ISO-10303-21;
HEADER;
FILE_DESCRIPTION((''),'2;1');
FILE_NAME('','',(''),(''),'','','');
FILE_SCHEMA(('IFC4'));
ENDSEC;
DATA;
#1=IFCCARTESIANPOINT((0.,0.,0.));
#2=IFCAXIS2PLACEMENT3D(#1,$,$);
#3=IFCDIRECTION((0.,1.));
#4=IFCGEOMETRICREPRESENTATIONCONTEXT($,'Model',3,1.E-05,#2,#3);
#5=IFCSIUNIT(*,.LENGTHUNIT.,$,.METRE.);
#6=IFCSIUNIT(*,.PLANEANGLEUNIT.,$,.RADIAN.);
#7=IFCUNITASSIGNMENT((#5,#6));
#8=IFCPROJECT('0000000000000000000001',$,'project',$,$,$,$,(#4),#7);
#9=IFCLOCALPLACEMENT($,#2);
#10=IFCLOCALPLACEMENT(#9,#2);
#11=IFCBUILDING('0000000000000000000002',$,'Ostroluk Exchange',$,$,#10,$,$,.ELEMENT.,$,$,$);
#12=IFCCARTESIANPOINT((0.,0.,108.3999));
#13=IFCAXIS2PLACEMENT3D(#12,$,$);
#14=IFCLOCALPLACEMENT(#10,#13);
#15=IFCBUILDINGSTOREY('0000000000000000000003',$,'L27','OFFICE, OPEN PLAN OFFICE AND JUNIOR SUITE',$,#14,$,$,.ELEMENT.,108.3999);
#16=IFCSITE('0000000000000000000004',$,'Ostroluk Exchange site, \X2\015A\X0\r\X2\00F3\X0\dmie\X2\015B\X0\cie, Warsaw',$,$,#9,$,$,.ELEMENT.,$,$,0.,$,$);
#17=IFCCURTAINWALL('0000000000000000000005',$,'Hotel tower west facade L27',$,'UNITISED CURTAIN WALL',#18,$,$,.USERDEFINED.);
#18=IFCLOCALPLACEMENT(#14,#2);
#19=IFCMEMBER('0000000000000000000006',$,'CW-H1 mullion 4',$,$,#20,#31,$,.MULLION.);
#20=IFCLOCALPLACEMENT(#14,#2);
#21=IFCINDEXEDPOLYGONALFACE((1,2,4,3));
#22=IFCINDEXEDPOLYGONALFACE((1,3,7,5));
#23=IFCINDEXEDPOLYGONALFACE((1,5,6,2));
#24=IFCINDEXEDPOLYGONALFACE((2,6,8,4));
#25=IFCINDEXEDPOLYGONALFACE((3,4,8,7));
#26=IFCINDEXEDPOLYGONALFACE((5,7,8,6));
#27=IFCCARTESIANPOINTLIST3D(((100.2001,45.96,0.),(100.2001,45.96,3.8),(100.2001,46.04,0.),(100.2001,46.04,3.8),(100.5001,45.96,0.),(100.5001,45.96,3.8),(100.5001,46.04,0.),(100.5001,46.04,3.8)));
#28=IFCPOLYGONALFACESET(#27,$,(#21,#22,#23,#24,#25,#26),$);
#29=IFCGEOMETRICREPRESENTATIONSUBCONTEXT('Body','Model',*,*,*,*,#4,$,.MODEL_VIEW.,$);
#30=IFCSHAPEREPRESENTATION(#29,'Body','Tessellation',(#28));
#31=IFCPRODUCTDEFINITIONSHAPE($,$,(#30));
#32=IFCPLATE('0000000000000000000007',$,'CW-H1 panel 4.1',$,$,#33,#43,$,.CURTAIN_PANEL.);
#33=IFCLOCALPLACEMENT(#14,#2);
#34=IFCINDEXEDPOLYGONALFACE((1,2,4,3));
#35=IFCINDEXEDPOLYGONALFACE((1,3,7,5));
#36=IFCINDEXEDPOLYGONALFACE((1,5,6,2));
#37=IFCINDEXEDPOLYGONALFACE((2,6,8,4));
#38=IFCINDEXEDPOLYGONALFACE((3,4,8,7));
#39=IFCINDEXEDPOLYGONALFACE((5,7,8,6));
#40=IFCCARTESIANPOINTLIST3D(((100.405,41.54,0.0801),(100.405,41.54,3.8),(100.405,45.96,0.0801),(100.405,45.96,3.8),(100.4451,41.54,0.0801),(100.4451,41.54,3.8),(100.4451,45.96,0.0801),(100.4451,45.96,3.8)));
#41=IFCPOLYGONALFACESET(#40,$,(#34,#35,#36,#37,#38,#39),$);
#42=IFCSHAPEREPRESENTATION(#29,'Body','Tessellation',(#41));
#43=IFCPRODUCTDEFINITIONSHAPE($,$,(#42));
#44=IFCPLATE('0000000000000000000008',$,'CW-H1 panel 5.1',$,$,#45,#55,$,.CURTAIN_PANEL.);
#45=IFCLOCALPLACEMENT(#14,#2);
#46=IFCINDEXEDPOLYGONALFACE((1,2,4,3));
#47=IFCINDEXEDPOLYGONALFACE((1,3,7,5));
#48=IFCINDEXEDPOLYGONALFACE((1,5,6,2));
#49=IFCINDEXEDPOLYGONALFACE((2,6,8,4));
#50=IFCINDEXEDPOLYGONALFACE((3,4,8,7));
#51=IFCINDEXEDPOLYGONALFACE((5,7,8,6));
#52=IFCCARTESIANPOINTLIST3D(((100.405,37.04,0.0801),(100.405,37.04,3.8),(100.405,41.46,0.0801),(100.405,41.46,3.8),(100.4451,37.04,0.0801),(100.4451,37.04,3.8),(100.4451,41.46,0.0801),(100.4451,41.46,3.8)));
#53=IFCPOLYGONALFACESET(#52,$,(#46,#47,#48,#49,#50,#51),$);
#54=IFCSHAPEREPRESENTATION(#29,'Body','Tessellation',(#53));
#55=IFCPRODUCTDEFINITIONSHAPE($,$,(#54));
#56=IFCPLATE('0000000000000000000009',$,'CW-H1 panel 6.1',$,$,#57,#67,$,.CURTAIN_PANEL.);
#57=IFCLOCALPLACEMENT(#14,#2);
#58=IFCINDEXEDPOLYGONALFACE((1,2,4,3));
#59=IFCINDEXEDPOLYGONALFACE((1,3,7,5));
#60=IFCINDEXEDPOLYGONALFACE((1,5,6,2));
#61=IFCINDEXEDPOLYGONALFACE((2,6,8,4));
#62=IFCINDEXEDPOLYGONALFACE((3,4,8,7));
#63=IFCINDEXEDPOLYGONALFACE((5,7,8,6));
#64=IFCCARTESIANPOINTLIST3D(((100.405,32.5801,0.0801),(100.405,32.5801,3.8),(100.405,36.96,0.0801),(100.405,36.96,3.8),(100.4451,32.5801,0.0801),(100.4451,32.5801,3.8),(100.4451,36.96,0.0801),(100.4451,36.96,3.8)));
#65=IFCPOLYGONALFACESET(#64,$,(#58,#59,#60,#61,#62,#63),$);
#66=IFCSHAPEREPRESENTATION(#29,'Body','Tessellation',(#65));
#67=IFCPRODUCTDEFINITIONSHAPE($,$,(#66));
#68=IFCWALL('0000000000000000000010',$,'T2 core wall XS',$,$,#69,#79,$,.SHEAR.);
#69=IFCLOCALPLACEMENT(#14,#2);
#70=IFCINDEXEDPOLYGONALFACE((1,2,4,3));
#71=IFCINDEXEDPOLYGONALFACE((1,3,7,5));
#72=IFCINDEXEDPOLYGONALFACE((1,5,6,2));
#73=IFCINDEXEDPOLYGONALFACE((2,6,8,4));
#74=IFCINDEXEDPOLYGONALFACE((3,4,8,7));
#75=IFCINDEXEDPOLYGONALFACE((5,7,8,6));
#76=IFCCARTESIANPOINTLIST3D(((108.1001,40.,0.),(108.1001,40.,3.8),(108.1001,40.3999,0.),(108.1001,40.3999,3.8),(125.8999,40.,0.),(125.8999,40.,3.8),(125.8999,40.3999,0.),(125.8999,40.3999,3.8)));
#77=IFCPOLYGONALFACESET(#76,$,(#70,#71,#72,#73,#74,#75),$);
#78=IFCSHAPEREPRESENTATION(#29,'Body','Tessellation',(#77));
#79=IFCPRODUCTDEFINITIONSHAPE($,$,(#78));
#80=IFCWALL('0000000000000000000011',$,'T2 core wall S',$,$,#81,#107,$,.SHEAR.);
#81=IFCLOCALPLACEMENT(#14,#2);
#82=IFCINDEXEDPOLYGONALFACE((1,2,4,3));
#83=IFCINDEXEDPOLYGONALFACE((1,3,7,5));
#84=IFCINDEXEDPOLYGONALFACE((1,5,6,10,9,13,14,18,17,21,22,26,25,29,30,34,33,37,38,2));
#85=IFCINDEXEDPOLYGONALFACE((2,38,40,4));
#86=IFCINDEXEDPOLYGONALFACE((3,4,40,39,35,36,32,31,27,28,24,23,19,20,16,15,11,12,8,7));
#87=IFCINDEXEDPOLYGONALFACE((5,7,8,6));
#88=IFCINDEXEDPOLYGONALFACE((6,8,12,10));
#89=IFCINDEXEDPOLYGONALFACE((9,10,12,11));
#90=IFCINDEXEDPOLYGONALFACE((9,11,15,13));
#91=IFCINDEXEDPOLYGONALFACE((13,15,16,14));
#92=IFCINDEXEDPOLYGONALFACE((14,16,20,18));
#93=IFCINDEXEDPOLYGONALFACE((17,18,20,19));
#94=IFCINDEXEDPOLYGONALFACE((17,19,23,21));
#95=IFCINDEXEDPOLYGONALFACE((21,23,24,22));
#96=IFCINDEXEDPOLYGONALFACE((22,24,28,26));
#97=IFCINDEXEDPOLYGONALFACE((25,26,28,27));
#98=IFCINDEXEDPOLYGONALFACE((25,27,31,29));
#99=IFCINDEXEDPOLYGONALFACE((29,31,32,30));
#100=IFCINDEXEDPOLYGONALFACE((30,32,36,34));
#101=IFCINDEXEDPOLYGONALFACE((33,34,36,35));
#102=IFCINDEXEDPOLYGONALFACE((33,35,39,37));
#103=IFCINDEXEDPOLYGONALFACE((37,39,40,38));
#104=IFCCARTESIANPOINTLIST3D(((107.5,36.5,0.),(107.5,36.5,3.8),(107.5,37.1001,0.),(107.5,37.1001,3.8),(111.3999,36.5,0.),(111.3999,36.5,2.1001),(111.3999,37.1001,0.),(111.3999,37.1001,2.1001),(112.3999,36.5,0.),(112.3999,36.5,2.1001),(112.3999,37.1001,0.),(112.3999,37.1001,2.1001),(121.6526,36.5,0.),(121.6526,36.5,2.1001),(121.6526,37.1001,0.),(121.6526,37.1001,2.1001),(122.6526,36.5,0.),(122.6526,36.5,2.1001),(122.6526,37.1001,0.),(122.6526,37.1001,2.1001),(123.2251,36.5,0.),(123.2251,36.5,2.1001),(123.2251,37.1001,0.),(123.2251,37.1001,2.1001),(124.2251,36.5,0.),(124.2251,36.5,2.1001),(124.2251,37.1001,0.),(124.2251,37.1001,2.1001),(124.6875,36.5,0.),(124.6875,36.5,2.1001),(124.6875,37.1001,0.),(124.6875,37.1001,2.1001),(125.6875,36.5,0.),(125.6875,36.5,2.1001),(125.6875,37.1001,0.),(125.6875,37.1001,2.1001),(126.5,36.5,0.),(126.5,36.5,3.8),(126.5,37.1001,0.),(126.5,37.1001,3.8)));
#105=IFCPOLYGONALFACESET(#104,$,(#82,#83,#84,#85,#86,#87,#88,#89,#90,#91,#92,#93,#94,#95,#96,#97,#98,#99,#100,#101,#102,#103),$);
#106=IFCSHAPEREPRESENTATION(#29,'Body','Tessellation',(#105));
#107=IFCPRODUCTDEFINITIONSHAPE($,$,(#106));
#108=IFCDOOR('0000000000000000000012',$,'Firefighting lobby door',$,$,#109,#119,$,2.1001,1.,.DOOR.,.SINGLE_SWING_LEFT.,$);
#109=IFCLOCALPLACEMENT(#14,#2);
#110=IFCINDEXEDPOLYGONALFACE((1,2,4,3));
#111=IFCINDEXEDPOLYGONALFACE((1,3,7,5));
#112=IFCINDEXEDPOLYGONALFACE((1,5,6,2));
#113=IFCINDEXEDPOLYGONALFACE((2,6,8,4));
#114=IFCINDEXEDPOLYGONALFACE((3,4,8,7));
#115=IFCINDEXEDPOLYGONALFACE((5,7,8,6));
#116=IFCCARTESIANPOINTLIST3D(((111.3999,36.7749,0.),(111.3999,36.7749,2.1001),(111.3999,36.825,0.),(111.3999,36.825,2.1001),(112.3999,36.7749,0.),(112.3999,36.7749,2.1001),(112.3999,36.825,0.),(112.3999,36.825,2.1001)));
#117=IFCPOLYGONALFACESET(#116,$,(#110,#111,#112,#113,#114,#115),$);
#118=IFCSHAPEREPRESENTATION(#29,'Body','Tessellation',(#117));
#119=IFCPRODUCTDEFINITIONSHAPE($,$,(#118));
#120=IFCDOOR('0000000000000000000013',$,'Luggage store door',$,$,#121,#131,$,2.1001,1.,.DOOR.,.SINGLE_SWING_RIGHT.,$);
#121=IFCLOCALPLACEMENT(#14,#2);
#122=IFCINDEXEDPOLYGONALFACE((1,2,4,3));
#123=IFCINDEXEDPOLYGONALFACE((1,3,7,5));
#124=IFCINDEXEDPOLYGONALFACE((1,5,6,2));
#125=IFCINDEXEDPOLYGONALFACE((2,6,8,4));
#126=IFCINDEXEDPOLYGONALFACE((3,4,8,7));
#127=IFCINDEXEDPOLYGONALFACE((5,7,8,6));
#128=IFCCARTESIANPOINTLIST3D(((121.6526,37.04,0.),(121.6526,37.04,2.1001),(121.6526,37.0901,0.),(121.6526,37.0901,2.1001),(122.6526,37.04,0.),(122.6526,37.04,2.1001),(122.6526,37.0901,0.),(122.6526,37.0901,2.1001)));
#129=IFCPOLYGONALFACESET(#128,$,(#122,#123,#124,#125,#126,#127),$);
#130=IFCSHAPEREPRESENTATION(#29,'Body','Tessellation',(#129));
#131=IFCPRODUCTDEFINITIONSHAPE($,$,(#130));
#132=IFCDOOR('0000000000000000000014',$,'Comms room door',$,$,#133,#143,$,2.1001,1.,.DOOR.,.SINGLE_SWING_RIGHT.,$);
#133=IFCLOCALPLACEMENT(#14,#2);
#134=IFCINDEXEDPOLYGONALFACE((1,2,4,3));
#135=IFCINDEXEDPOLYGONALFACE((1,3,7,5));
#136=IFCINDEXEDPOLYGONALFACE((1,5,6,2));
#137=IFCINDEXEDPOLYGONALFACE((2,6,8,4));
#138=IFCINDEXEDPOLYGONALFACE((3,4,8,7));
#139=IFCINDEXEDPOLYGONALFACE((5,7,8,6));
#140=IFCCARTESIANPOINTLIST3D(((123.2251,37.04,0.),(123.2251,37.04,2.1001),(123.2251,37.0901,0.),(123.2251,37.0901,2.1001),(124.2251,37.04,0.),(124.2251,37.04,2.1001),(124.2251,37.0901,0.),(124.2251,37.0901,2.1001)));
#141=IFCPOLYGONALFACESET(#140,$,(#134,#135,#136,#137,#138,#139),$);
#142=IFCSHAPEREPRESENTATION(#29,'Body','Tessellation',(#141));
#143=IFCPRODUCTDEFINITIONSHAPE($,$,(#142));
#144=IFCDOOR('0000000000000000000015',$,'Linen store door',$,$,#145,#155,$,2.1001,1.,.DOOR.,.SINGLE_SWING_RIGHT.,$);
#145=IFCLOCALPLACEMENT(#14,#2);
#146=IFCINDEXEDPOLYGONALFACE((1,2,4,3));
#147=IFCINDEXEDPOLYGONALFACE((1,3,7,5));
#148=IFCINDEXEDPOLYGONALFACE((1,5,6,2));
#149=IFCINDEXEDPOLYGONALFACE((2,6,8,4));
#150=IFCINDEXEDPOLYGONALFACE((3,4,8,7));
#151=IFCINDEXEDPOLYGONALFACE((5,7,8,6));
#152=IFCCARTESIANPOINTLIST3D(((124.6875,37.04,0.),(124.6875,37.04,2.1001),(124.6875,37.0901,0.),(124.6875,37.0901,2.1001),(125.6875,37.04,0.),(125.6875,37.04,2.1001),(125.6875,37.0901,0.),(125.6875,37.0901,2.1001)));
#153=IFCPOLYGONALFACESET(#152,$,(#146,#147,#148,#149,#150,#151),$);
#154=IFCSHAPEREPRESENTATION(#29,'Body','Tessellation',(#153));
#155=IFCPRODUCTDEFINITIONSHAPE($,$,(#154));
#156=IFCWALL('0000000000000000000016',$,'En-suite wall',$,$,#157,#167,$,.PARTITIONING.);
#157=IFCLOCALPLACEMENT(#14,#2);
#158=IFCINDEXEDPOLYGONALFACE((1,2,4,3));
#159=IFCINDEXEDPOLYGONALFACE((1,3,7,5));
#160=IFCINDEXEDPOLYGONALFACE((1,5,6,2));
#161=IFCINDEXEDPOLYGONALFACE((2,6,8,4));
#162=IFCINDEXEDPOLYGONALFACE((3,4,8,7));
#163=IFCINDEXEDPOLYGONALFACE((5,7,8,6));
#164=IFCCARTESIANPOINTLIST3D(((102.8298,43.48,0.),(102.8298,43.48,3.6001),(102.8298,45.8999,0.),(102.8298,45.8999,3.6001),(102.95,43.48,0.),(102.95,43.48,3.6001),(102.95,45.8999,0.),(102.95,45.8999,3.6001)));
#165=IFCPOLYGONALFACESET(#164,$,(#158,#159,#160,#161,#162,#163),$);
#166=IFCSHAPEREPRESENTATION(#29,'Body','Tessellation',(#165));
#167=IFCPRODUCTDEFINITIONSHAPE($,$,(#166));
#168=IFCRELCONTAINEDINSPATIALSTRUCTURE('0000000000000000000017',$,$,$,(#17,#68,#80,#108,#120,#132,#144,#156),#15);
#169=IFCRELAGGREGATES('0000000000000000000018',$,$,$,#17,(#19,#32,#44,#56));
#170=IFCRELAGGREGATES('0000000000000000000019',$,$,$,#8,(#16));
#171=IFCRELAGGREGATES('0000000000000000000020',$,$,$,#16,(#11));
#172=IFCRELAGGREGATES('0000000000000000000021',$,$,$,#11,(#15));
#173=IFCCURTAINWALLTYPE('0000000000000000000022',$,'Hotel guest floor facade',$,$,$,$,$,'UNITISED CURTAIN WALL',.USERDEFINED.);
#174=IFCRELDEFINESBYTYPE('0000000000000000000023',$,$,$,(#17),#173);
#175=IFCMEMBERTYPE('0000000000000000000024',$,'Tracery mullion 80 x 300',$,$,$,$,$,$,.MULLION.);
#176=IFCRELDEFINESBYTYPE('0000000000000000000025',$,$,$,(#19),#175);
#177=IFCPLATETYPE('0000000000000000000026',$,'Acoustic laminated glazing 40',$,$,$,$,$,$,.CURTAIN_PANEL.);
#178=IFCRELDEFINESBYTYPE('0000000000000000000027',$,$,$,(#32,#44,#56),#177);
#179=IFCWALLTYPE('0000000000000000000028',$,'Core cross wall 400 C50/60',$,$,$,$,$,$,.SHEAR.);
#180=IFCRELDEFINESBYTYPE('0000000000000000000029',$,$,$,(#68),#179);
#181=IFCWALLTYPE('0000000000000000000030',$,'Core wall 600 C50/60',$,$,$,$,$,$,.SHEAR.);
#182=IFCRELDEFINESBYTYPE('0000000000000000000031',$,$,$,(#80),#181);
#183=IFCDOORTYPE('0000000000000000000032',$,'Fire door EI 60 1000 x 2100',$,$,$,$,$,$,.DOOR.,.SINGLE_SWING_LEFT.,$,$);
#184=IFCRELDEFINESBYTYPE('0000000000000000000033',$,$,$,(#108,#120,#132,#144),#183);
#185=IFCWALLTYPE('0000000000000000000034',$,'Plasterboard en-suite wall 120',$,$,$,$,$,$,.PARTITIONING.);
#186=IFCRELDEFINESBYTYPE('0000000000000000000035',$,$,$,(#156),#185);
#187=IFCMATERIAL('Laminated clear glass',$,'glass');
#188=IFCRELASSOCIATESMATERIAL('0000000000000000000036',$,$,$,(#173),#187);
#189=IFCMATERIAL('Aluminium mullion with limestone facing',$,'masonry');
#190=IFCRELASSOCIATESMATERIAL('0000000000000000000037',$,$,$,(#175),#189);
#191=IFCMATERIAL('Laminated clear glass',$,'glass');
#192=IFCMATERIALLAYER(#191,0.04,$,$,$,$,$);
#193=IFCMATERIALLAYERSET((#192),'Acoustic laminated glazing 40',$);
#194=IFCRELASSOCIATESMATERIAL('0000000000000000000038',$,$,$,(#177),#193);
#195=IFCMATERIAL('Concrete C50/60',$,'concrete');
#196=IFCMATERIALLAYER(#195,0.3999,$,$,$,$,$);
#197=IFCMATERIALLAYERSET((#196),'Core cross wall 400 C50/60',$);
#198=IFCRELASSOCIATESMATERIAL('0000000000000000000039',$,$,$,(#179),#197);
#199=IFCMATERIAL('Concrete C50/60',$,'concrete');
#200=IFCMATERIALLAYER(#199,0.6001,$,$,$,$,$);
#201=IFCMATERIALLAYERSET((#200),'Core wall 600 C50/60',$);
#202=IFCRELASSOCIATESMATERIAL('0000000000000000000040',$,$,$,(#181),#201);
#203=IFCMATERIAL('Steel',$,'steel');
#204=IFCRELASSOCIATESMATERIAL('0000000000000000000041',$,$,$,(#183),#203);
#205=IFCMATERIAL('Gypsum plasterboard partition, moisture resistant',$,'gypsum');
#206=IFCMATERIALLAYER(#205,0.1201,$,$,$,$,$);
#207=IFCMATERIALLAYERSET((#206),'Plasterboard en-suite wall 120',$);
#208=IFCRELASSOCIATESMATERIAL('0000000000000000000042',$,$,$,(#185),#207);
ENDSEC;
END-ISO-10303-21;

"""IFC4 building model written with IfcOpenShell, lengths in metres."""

from ifc_helpers import new_model, si_unit, direction, frame, frame_2d, origin, origin_2d, place, context, subcontext, project, spatial, rectangle, extrude, material, layer, layer_set, material_profile, profile_set, type_object, element, fill, aggregate, save


model = new_model("IFC4")

# Units and contexts
model_context = context("Model", 3, precision=1e-05, world=origin(), true_north=direction((0.0, 1.0)))
body_context = subcontext(model_context, "Body", "Model", "MODEL_VIEW")
ifc_project = project(units=[si_unit("LENGTHUNIT", "METRE"), si_unit("PLANEANGLEUNIT", "RADIAN")], contexts=[model_context])

# Site, building, storey
site_placement = place(None, origin())
site = spatial("IfcSite", under=ifc_project, at=site_placement, Name="Ostroluk Exchange site, Śródmieście, Warsaw", CompositionType="ELEMENT", RefElevation=0.0)
building_placement = place(site_placement, origin())
building = spatial("IfcBuilding", under=site, at=building_placement, Name="Ostroluk Exchange", CompositionType="ELEMENT")
storey_placement = place(building_placement, frame((0.0, 0.0, 108.3999)))
storey = spatial("IfcBuildingStorey", under=building, at=storey_placement, Name="L27", Description="OFFICE, OPEN PLAN OFFICE AND JUNIOR SUITE", CompositionType="ELEMENT", Elevation=108.3999)

# Curtain wall, member, plates
ifc_material_1 = material(Name="Laminated clear glass", Category="glass")
curtain_wall_type = type_object("IfcCurtainWallType", Name="Hotel guest floor facade", ElementType="UNITISED CURTAIN WALL", PredefinedType="USERDEFINED", material=ifc_material_1)
curtain_wall_placement = place(storey_placement, origin())
curtain_wall = element("IfcCurtainWall", 1, at=curtain_wall_placement, inside=storey, type_object=curtain_wall_type, Name="Hotel tower west facade L27", ObjectType="UNITISED CURTAIN WALL", PredefinedType="USERDEFINED")
ifc_material_2 = material(Name="Aluminium mullion with limestone facing", Category="masonry")
ifc_material_profile_1 = material_profile(ifc_material_2, rectangle(XDim=0.3, YDim=0.0801, at=origin_2d()), Name="Tracery mullion 80 x 300")
ifc_profile_set_1 = profile_set([ifc_material_profile_1], Name="Aluminium mullion with limestone facing")
member_type_1 = type_object("IfcMemberType", Name="Tracery mullion 80 x 300", PredefinedType="MULLION", material=ifc_profile_set_1)
member_1_placement = place(storey_placement, frame((100.3501, 46.0, 0.0), z_axis=(0.0, 0.0, 1.0), x_axis=(1.0, 0.0, 0.0)))
member_1 = element("IfcMember", 2, at=member_1_placement, type_object=member_type_1, Name="CW-H1 mullion 4", PredefinedType="MULLION", context=body_context, shape_type="SweptSolid", body=[
    extrude(rectangle(XDim=0.3, YDim=0.0801, at=origin_2d()), origin(), (0.0, 0.0, 1.0), 3.8),
])
ifc_material_3 = material(Name="Laminated clear glass", Category="glass")
ifc_layer_1 = layer(ifc_material_3, 0.04)
ifc_layer_set_1 = layer_set([ifc_layer_1], Name="Acoustic laminated glazing 40")
plate_type = type_object("IfcPlateType", Name="Acoustic laminated glazing 40", PredefinedType="CURTAIN_PANEL", material=ifc_layer_set_1)
plate_1_placement = place(storey_placement, frame((100.425, 43.75, 0.0801), z_axis=(0.0, 0.0, 1.0), x_axis=(0.0, -1.0, 0.0)))
plate_1 = element("IfcPlate", 3, at=plate_1_placement, type_object=plate_type, Name="CW-H1 panel 4.1", PredefinedType="CURTAIN_PANEL", context=body_context, shape_type="SweptSolid", body=[
    extrude(rectangle(XDim=4.4199, YDim=0.04, at=origin_2d()), origin(), (0.0, 0.0, 1.0), 3.72),
])
plate_2_placement = place(storey_placement, frame((100.425, 39.25, 0.0801), z_axis=(0.0, 0.0, 1.0), x_axis=(0.0, -1.0, 0.0)))
plate_2 = element("IfcPlate", 4, at=plate_2_placement, type_object=plate_type, Name="CW-H1 panel 5.1", PredefinedType="CURTAIN_PANEL", context=body_context, shape_type="SweptSolid", body=[
    extrude(rectangle(XDim=4.4199, YDim=0.04, at=origin_2d()), origin(), (0.0, 0.0, 1.0), 3.72),
])
plate_3_placement = place(storey_placement, frame((100.425, 34.77, 0.0801), z_axis=(0.0, 0.0, 1.0), x_axis=(0.0, -1.0, 0.0)))
plate_3 = element("IfcPlate", 5, at=plate_3_placement, type_object=plate_type, Name="CW-H1 panel 6.1", PredefinedType="CURTAIN_PANEL", context=body_context, shape_type="SweptSolid", body=[
    extrude(rectangle(XDim=4.3799, YDim=0.04, at=origin_2d()), origin(), (0.0, 0.0, 1.0), 3.72),
])
aggregate(curtain_wall, [member_1, plate_1, plate_2, plate_3])

# Wall
ifc_material_4 = material(Name="Concrete C50/60", Category="concrete")
ifc_layer_2 = layer(ifc_material_4, 0.3999)
ifc_layer_set_2 = layer_set([ifc_layer_2], Name="Core cross wall 400 C50/60")
wall_type_1 = type_object("IfcWallType", Name="Core cross wall 400 C50/60", PredefinedType="SHEAR", material=ifc_layer_set_2)
wall_1_placement = place(storey_placement, frame((108.1001, 40.2, 0.0), z_axis=(0.0, 0.0, 1.0), x_axis=(1.0, 0.0, 0.0)))
element("IfcWall", 6, at=wall_1_placement, inside=storey, type_object=wall_type_1, Name="T2 core wall XS", PredefinedType="SHEAR", context=body_context, shape_type="SweptSolid", body=[
    extrude(rectangle(XDim=17.7998, YDim=0.3999, at=frame_2d((8.8999, 0.0))), origin(), (0.0, 0.0, 1.0), 3.8),
])

# Wall, openings, doors
ifc_material_5 = material(Name="Concrete C50/60", Category="concrete")
ifc_layer_3 = layer(ifc_material_5, 0.6001)
ifc_layer_set_3 = layer_set([ifc_layer_3], Name="Core wall 600 C50/60")
wall_type_2 = type_object("IfcWallType", Name="Core wall 600 C50/60", PredefinedType="SHEAR", material=ifc_layer_set_3)
wall_2_placement = place(storey_placement, frame((107.5, 36.8, 0.0), z_axis=(0.0, 0.0, 1.0), x_axis=(1.0, 0.0, 0.0)))
wall_2 = element("IfcWall", 7, at=wall_2_placement, inside=storey, type_object=wall_type_2, Name="T2 core wall S", PredefinedType="SHEAR", context=body_context, shape_type="SweptSolid", body=[
    extrude(rectangle(XDim=19.0, YDim=0.6001, at=frame_2d((9.5, 0.0))), origin(), (0.0, 0.0, 1.0), 3.8),
])
opening_1_placement = place(wall_2_placement, frame((3.8999, 0.0, 0.0)))
opening_1 = element("IfcOpeningElement", 8, at=opening_1_placement, cuts=wall_2, PredefinedType="OPENING", context=body_context, shape_type="SweptSolid", body=[
    extrude(rectangle(XDim=1.0, YDim=2.1001, at=frame_2d((0.5, 1.05))), frame((0.0, 0.3101, 0.0), z_axis=(0.0, -1.0, 0.0), x_axis=(1.0, 0.0, 0.0)), (0.0, 0.0, 1.0), 0.6201),
])
opening_2_placement = place(wall_2_placement, frame((14.1526, 0.0, 0.0)))
opening_2 = element("IfcOpeningElement", 9, at=opening_2_placement, cuts=wall_2, PredefinedType="OPENING", context=body_context, shape_type="SweptSolid", body=[
    extrude(rectangle(XDim=1.0, YDim=2.1001, at=frame_2d((0.5, 1.05))), frame((0.0, 0.3101, 0.0), z_axis=(0.0, -1.0, 0.0), x_axis=(1.0, 0.0, 0.0)), (0.0, 0.0, 1.0), 0.6201),
])
opening_3_placement = place(wall_2_placement, frame((15.7251, 0.0, 0.0)))
opening_3 = element("IfcOpeningElement", 10, at=opening_3_placement, cuts=wall_2, PredefinedType="OPENING", context=body_context, shape_type="SweptSolid", body=[
    extrude(rectangle(XDim=1.0, YDim=2.1001, at=frame_2d((0.5, 1.05))), frame((0.0, 0.3101, 0.0), z_axis=(0.0, -1.0, 0.0), x_axis=(1.0, 0.0, 0.0)), (0.0, 0.0, 1.0), 0.6201),
])
opening_4_placement = place(wall_2_placement, frame((17.1875, 0.0, 0.0)))
opening_4 = element("IfcOpeningElement", 11, at=opening_4_placement, cuts=wall_2, PredefinedType="OPENING", context=body_context, shape_type="SweptSolid", body=[
    extrude(rectangle(XDim=1.0, YDim=2.1001, at=frame_2d((0.5, 1.05))), frame((0.0, 0.3101, 0.0), z_axis=(0.0, -1.0, 0.0), x_axis=(1.0, 0.0, 0.0)), (0.0, 0.0, 1.0), 0.6201),
])
ifc_material_6 = material(Name="Steel", Category="steel")
door_type_1 = type_object("IfcDoorType", Name="Fire door EI 60 1000 x 2100", OperationType="SINGLE_SWING_LEFT", PredefinedType="DOOR", material=ifc_material_6)
door_1_placement = place(opening_1_placement, origin())
door_1 = element("IfcDoor", 12, at=door_1_placement, inside=storey, type_object=door_type_1, Name="Firefighting lobby door", OperationType="SINGLE_SWING_LEFT", OverallHeight=2.1001, OverallWidth=1.0, PredefinedType="DOOR", context=body_context, shape_type="SweptSolid", body=[
    extrude(rectangle(XDim=1.0, YDim=2.1001, at=frame_2d((0.5, 1.05))), frame((0.0, 0.0249, 0.0), z_axis=(0.0, -1.0, 0.0), x_axis=(1.0, 0.0, 0.0)), (0.0, 0.0, 1.0), 0.05),
])
fill(opening_1, door_1)
door_2_placement = place(opening_2_placement, origin())
door_2 = element("IfcDoor", 13, at=door_2_placement, inside=storey, type_object=door_type_1, Name="Luggage store door", OperationType="SINGLE_SWING_RIGHT", OverallHeight=2.1001, OverallWidth=1.0, PredefinedType="DOOR", context=body_context, shape_type="SweptSolid", body=[
    extrude(rectangle(XDim=1.0, YDim=2.1001, at=frame_2d((0.5, 1.05))), frame((0.0, 0.29, 0.0), z_axis=(0.0, -1.0, 0.0), x_axis=(1.0, 0.0, 0.0)), (0.0, 0.0, 1.0), 0.05),
])
fill(opening_2, door_2)
door_3_placement = place(opening_3_placement, origin())
door_3 = element("IfcDoor", 14, at=door_3_placement, inside=storey, type_object=door_type_1, Name="Comms room door", OperationType="SINGLE_SWING_RIGHT", OverallHeight=2.1001, OverallWidth=1.0, PredefinedType="DOOR", context=body_context, shape_type="SweptSolid", body=[
    extrude(rectangle(XDim=1.0, YDim=2.1001, at=frame_2d((0.5, 1.05))), frame((0.0, 0.29, 0.0), z_axis=(0.0, -1.0, 0.0), x_axis=(1.0, 0.0, 0.0)), (0.0, 0.0, 1.0), 0.05),
])
fill(opening_3, door_3)
door_4_placement = place(opening_4_placement, origin())
door_4 = element("IfcDoor", 15, at=door_4_placement, inside=storey, type_object=door_type_1, Name="Linen store door", OperationType="SINGLE_SWING_RIGHT", OverallHeight=2.1001, OverallWidth=1.0, PredefinedType="DOOR", context=body_context, shape_type="SweptSolid", body=[
    extrude(rectangle(XDim=1.0, YDim=2.1001, at=frame_2d((0.5, 1.05))), frame((0.0, 0.29, 0.0), z_axis=(0.0, -1.0, 0.0), x_axis=(1.0, 0.0, 0.0)), (0.0, 0.0, 1.0), 0.05),
])
fill(opening_4, door_4)

# Wall
ifc_material_7 = material(Name="Gypsum plasterboard partition, moisture resistant", Category="gypsum")
ifc_layer_4 = layer(ifc_material_7, 0.1201)
ifc_layer_set_4 = layer_set([ifc_layer_4], Name="Plasterboard en-suite wall 120")
wall_type_3 = type_object("IfcWallType", Name="Plasterboard en-suite wall 120", PredefinedType="PARTITIONING", material=ifc_layer_set_4)
wall_3_placement = place(storey_placement, frame((102.8899, 45.8999, 0.0), z_axis=(0.0, 0.0, 1.0), x_axis=(0.0, -1.0, 0.0)))
element("IfcWall", 16, at=wall_3_placement, inside=storey, type_object=wall_type_3, Name="En-suite wall", PredefinedType="PARTITIONING", context=body_context, shape_type="SweptSolid", body=[
    extrude(rectangle(XDim=2.4199, YDim=0.1201, at=frame_2d((1.21, 0.0))), origin(), (0.0, 0.0, 1.0), 3.6001),
])

save(model, "model.ifc")
